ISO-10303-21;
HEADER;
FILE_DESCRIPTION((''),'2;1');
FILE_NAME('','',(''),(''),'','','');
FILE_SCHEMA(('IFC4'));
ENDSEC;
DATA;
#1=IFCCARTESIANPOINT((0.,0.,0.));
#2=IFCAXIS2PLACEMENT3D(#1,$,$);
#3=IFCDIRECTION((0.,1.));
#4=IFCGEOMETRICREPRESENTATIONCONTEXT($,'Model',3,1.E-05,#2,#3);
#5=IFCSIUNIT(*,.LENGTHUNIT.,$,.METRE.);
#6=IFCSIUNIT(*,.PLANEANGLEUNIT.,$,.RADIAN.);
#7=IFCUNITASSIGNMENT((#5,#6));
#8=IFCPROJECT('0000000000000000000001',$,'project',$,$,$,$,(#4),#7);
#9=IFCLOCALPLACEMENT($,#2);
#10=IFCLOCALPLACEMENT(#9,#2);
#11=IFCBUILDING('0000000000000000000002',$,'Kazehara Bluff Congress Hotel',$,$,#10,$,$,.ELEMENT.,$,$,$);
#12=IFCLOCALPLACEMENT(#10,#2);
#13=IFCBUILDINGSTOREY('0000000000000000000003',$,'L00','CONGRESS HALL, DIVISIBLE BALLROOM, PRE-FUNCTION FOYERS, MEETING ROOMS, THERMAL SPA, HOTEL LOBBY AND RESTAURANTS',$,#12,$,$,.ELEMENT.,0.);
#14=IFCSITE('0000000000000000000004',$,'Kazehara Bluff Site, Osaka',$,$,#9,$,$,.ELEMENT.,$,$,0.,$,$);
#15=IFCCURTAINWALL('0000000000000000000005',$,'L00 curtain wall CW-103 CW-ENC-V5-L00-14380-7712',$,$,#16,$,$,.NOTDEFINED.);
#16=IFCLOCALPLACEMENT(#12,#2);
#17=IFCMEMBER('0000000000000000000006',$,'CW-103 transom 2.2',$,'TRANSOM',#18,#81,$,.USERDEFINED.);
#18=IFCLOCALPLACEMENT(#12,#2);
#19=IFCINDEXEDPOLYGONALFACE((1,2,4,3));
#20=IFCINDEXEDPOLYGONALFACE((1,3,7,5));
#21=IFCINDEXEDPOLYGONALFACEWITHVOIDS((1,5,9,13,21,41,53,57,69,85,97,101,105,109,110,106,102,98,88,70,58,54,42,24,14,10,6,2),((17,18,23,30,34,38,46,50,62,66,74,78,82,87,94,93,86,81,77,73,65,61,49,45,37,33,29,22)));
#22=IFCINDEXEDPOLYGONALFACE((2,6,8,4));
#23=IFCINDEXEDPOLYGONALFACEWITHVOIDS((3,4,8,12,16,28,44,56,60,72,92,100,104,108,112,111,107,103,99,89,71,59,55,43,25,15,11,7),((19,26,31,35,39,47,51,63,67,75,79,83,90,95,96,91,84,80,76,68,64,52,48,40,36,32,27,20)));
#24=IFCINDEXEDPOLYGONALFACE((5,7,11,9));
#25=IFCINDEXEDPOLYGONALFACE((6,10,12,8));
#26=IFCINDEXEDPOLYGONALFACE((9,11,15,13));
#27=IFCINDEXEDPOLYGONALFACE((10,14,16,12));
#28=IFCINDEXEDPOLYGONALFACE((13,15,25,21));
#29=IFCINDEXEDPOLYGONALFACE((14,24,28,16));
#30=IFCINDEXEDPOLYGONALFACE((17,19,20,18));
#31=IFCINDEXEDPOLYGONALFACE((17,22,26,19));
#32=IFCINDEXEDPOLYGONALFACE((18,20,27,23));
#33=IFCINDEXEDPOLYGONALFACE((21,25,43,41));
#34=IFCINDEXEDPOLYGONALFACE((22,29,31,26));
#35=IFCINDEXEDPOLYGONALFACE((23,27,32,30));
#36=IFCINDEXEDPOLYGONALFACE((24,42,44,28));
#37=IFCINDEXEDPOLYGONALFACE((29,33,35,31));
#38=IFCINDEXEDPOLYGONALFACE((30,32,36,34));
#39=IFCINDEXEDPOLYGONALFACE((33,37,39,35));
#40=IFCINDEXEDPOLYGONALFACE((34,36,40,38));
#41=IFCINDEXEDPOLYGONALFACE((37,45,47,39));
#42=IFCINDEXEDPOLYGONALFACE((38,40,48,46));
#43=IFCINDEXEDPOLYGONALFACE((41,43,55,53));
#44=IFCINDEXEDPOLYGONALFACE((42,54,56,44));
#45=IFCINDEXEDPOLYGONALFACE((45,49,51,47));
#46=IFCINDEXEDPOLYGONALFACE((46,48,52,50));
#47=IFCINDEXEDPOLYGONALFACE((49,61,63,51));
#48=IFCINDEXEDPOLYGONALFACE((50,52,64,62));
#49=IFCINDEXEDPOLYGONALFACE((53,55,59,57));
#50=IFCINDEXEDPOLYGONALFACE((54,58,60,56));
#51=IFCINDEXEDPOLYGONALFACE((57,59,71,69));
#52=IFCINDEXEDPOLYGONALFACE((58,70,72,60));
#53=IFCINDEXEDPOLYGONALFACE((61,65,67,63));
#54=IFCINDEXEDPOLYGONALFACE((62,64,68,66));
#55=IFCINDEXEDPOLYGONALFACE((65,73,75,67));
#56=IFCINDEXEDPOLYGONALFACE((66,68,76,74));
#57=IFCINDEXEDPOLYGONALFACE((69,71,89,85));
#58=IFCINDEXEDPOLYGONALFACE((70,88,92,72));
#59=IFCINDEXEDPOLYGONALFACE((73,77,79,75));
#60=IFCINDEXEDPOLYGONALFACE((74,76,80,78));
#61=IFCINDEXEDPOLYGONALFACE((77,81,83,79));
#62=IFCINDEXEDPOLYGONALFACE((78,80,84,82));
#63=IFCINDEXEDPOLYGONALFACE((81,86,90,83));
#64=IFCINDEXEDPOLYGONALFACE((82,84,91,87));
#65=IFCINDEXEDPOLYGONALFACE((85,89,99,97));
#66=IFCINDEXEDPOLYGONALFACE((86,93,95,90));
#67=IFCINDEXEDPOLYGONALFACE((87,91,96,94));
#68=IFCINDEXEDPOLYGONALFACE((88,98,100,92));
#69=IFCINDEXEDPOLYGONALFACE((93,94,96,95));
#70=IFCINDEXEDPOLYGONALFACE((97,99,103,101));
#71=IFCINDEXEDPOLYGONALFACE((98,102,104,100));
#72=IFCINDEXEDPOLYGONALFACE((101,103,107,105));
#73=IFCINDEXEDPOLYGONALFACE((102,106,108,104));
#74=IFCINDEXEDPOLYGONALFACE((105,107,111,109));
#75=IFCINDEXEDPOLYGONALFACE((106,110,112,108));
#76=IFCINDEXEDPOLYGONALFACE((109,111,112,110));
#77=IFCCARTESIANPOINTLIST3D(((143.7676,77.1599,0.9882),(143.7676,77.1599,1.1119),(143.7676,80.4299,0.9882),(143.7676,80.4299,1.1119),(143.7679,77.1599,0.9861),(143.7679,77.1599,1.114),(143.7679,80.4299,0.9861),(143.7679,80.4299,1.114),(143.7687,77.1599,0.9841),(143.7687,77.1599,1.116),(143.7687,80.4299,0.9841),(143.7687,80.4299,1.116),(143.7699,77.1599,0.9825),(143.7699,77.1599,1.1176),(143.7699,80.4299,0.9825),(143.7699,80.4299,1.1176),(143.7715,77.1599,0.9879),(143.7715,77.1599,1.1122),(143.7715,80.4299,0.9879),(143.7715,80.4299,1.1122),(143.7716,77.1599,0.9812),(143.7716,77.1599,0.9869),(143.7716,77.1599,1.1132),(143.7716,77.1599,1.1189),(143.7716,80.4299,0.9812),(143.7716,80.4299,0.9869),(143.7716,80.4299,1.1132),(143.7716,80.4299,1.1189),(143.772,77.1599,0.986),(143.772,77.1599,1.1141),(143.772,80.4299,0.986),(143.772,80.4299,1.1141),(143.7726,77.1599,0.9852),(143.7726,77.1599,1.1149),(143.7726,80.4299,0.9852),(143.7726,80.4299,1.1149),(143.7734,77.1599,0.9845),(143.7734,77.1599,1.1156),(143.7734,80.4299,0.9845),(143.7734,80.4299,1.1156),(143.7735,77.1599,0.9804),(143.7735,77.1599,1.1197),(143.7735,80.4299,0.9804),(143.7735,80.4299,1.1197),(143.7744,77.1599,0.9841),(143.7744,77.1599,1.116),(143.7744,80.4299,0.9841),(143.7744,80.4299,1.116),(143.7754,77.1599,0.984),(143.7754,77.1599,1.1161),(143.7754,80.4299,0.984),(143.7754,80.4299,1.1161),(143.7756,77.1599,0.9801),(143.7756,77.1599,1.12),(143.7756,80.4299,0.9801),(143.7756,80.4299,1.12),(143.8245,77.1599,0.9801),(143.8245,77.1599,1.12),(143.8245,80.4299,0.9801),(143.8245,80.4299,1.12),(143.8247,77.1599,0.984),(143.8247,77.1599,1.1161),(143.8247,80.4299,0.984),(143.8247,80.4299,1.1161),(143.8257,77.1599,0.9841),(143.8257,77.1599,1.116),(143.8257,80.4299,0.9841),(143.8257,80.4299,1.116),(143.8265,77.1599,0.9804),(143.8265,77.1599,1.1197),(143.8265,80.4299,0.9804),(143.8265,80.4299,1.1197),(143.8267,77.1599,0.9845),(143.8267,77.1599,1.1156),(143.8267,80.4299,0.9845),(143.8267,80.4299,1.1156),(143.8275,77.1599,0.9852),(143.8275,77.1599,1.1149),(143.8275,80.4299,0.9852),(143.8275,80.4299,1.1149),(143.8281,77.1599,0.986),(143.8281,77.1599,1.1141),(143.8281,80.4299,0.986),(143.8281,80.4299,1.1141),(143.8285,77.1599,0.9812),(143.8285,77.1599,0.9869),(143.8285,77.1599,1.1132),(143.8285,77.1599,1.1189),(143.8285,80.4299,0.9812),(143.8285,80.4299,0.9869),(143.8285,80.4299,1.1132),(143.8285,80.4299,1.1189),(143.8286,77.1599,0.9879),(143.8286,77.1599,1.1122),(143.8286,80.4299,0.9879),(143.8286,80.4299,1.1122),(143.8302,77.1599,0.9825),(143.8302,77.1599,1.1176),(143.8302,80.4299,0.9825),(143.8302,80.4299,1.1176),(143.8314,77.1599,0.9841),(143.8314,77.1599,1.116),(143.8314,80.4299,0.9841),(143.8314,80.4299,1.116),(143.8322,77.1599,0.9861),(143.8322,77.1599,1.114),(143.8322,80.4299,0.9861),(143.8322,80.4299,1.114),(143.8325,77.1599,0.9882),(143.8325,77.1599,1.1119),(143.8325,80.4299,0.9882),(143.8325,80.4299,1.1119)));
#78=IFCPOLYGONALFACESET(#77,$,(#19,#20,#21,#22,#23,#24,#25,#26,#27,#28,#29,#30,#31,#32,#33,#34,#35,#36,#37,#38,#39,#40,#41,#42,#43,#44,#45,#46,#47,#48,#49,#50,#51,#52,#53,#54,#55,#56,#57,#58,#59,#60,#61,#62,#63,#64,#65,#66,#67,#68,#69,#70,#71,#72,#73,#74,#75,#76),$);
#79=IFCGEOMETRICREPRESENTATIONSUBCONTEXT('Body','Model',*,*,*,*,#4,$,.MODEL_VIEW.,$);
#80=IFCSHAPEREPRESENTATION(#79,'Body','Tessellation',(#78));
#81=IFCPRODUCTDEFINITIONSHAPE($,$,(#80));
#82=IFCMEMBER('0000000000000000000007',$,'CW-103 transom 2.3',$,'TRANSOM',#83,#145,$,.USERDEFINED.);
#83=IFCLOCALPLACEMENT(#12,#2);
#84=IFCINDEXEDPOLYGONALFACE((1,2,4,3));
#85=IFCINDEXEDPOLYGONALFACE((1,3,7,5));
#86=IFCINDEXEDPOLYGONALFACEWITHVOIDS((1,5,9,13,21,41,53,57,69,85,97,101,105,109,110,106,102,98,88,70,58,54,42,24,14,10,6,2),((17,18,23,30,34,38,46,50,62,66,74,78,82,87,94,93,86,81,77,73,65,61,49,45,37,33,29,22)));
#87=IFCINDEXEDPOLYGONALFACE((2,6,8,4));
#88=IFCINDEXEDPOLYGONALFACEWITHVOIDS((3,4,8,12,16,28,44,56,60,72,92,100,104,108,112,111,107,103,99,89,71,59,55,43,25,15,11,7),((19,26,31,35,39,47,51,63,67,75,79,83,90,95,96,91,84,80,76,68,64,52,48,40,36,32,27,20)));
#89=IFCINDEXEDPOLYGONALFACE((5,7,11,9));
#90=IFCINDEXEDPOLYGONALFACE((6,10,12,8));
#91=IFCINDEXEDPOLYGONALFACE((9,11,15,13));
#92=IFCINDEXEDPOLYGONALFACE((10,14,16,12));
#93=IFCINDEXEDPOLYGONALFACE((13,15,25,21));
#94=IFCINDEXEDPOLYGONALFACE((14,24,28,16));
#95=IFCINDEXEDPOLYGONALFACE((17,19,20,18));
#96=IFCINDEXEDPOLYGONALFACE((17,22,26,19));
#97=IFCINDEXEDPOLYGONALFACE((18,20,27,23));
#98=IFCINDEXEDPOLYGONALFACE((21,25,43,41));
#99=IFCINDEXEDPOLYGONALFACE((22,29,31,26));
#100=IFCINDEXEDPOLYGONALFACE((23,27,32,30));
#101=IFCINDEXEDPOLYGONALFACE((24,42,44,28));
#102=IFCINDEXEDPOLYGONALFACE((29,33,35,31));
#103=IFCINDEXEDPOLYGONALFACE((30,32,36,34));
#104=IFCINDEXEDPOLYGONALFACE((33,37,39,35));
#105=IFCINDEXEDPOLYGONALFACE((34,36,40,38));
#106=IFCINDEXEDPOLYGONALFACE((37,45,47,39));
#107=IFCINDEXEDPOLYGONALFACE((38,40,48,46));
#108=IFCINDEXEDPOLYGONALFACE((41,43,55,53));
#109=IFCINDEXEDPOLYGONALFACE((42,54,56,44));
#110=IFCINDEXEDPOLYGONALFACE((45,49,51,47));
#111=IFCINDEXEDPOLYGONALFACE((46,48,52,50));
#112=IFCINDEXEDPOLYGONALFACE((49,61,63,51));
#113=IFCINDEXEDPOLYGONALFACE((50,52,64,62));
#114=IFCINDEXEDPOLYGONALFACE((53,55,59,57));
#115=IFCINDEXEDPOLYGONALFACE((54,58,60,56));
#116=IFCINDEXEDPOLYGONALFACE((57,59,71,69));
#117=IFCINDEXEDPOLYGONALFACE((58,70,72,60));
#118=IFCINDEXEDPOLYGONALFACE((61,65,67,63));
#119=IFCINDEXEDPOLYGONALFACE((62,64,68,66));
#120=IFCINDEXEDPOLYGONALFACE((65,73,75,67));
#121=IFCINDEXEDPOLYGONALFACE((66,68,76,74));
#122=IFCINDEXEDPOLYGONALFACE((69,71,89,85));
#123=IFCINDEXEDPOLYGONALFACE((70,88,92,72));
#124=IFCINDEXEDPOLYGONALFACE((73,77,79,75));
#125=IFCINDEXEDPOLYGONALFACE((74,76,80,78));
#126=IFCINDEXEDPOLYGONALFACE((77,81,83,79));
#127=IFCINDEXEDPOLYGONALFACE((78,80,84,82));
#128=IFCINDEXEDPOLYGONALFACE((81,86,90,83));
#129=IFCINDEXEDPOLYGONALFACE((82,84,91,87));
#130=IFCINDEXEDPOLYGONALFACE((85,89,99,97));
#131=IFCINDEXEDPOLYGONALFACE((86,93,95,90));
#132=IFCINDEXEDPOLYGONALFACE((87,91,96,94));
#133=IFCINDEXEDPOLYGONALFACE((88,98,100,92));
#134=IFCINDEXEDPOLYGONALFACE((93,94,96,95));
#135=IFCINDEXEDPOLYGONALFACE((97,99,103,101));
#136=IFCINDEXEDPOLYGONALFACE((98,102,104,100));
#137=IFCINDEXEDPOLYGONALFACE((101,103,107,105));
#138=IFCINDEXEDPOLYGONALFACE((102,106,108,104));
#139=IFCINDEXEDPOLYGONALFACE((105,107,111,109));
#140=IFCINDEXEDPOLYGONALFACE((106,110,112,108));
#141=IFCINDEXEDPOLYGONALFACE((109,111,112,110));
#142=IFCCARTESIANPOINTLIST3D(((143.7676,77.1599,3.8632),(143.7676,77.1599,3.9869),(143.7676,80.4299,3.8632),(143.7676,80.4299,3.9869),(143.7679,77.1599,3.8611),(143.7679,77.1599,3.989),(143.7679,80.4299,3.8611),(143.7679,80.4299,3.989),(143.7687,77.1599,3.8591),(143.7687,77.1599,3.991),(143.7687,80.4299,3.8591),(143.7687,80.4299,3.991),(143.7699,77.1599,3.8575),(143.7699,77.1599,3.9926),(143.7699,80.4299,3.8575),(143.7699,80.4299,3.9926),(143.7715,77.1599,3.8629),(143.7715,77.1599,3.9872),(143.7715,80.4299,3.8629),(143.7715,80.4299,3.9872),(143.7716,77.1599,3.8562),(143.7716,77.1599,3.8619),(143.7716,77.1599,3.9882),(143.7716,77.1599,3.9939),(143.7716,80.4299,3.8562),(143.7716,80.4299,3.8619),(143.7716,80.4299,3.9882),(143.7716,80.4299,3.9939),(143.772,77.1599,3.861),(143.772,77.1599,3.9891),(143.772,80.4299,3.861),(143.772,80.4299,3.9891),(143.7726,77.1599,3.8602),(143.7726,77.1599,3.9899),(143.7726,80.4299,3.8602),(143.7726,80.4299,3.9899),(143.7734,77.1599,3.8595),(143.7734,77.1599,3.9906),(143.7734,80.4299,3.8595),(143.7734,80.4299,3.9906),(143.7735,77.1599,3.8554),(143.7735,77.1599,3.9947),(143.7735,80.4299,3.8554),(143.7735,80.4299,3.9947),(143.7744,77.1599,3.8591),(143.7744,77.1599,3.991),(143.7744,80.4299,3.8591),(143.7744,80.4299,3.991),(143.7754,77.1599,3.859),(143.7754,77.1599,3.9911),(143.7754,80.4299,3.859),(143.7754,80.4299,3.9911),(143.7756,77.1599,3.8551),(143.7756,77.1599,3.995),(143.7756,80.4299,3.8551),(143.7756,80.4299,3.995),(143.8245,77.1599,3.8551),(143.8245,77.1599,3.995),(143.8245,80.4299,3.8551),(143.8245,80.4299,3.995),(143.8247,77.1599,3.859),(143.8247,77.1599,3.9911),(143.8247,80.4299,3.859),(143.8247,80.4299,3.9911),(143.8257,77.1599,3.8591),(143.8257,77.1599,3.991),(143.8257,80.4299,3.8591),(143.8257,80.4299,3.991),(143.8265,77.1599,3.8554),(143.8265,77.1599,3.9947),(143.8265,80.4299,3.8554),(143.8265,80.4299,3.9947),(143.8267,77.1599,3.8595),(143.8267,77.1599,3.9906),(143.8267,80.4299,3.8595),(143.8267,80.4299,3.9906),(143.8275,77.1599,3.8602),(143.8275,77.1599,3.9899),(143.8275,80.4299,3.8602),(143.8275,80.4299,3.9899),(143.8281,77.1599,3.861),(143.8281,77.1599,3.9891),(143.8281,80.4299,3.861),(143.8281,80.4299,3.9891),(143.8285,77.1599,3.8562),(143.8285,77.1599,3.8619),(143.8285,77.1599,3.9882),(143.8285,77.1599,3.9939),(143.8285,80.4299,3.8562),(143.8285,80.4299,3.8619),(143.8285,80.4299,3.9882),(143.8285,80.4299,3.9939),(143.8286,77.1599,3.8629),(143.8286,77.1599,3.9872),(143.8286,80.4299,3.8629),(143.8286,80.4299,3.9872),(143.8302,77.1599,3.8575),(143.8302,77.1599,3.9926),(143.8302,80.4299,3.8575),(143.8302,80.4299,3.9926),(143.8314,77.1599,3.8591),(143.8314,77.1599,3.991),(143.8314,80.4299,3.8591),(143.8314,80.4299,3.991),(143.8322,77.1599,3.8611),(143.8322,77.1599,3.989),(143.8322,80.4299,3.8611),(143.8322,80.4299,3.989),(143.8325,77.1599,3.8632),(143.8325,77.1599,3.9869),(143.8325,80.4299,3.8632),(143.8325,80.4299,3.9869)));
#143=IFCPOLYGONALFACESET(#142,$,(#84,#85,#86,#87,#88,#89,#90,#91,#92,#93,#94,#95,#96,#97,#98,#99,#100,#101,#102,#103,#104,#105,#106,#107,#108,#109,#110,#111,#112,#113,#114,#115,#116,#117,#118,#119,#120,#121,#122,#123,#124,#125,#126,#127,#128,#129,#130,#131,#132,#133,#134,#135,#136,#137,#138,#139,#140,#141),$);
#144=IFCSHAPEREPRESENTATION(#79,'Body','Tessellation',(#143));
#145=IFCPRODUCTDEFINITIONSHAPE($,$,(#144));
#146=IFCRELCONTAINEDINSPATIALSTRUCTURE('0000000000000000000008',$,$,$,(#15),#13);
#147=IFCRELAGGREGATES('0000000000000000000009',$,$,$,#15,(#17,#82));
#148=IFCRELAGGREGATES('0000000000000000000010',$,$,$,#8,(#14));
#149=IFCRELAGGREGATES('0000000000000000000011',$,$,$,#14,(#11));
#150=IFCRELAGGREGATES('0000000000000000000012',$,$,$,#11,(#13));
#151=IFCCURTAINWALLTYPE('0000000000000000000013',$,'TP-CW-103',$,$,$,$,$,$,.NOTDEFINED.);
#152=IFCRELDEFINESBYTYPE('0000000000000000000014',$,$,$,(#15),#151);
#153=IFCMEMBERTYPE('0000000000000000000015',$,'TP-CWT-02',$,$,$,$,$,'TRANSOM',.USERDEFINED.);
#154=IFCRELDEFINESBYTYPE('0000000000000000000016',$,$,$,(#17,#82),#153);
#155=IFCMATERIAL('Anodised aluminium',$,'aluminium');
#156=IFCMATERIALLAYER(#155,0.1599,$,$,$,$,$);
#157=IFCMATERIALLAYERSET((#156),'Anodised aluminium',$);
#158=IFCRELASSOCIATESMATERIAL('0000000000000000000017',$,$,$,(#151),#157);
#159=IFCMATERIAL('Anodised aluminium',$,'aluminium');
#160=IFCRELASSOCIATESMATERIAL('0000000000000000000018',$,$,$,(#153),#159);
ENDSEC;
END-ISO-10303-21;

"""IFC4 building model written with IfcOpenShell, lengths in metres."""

from ifc_helpers import new_model, si_unit, direction, frame, origin, origin_2d, place, context, subcontext, project, spatial, hollow_rectangle, extrude, material, layer, layer_set, material_profile, profile_set, type_object, element, aggregate, save


model = new_model("IFC4")

# Units and contexts
model_context = context("Model", 3, precision=1e-05, world=origin(), true_north=direction((0.0, 1.0)))
body_context = subcontext(model_context, "Body", "Model", "MODEL_VIEW")
ifc_project = project(units=[si_unit("LENGTHUNIT", "METRE"), si_unit("PLANEANGLEUNIT", "RADIAN")], contexts=[model_context])

# Site, building, storey
site_placement = place(None, origin())
site = spatial("IfcSite", under=ifc_project, at=site_placement, Name="Kazehara Bluff Site, Osaka", CompositionType="ELEMENT", RefElevation=0.0)
building_placement = place(site_placement, origin())
building = spatial("IfcBuilding", under=site, at=building_placement, Name="Kazehara Bluff Congress Hotel", CompositionType="ELEMENT")
storey_placement = place(building_placement, origin())
storey = spatial("IfcBuildingStorey", under=building, at=storey_placement, Name="L00", Description="CONGRESS HALL, DIVISIBLE BALLROOM, PRE-FUNCTION FOYERS, MEETING ROOMS, THERMAL SPA, HOTEL LOBBY AND RESTAURANTS", CompositionType="ELEMENT", Elevation=0.0)

# Curtain wall, members
ifc_material_1 = material(Name="Anodised aluminium", Category="aluminium")
ifc_layer_1 = layer(ifc_material_1, 0.1599)
ifc_layer_set_1 = layer_set([ifc_layer_1], Name="Anodised aluminium")
curtain_wall_type = type_object("IfcCurtainWallType", Name="TP-CW-103", PredefinedType="NOTDEFINED", material=ifc_layer_set_1)
curtain_wall_placement = place(storey_placement, origin())
curtain_wall = element("IfcCurtainWall", 1, at=curtain_wall_placement, inside=storey, type_object=curtain_wall_type, Name="L00 curtain wall CW-103 CW-ENC-V5-L00-14380-7712", PredefinedType="NOTDEFINED")
ifc_material_2 = material(Name="Anodised aluminium", Category="aluminium")
ifc_material_profile_1 = material_profile(ifc_material_2, hollow_rectangle(XDim=0.0649, YDim=0.1399, WallThickness=0.0039, InnerFilletRadius=0.0039, OuterFilletRadius=0.0081, at=origin_2d()))
ifc_profile_set_1 = profile_set([ifc_material_profile_1], Name="Anodised aluminium")
member_type_1 = type_object("IfcMemberType", Name="TP-CWT-02", ElementType="TRANSOM", PredefinedType="USERDEFINED", material=ifc_profile_set_1)
member_1_placement = place(storey_placement, frame((143.8, 77.1599, 1.05), z_axis=(0.0, 1.0, 0.0), x_axis=(-1.0, 0.0, 0.0)))
member_1 = element("IfcMember", 2, at=member_1_placement, type_object=member_type_1, Name="CW-103 transom 2.2", ObjectType="TRANSOM", PredefinedType="USERDEFINED", context=body_context, shape_type="SweptSolid", body=[
    extrude(hollow_rectangle(XDim=0.0649, YDim=0.1399, WallThickness=0.0039, InnerFilletRadius=0.0039, OuterFilletRadius=0.0081, at=origin_2d()), origin(), (0.0, 0.0, 1.0), 3.27),
])
member_2_placement = place(storey_placement, frame((143.8, 77.1599, 3.925), z_axis=(0.0, 1.0, 0.0), x_axis=(-1.0, 0.0, 0.0)))
member_2 = element("IfcMember", 3, at=member_2_placement, type_object=member_type_1, Name="CW-103 transom 2.3", ObjectType="TRANSOM", PredefinedType="USERDEFINED", context=body_context, shape_type="SweptSolid", body=[
    extrude(hollow_rectangle(XDim=0.0649, YDim=0.1399, WallThickness=0.0039, InnerFilletRadius=0.0039, OuterFilletRadius=0.0081, at=origin_2d()), origin(), (0.0, 0.0, 1.0), 3.27),
])

aggregate(curtain_wall, [member_1, member_2])

save(model, "model.ifc")
